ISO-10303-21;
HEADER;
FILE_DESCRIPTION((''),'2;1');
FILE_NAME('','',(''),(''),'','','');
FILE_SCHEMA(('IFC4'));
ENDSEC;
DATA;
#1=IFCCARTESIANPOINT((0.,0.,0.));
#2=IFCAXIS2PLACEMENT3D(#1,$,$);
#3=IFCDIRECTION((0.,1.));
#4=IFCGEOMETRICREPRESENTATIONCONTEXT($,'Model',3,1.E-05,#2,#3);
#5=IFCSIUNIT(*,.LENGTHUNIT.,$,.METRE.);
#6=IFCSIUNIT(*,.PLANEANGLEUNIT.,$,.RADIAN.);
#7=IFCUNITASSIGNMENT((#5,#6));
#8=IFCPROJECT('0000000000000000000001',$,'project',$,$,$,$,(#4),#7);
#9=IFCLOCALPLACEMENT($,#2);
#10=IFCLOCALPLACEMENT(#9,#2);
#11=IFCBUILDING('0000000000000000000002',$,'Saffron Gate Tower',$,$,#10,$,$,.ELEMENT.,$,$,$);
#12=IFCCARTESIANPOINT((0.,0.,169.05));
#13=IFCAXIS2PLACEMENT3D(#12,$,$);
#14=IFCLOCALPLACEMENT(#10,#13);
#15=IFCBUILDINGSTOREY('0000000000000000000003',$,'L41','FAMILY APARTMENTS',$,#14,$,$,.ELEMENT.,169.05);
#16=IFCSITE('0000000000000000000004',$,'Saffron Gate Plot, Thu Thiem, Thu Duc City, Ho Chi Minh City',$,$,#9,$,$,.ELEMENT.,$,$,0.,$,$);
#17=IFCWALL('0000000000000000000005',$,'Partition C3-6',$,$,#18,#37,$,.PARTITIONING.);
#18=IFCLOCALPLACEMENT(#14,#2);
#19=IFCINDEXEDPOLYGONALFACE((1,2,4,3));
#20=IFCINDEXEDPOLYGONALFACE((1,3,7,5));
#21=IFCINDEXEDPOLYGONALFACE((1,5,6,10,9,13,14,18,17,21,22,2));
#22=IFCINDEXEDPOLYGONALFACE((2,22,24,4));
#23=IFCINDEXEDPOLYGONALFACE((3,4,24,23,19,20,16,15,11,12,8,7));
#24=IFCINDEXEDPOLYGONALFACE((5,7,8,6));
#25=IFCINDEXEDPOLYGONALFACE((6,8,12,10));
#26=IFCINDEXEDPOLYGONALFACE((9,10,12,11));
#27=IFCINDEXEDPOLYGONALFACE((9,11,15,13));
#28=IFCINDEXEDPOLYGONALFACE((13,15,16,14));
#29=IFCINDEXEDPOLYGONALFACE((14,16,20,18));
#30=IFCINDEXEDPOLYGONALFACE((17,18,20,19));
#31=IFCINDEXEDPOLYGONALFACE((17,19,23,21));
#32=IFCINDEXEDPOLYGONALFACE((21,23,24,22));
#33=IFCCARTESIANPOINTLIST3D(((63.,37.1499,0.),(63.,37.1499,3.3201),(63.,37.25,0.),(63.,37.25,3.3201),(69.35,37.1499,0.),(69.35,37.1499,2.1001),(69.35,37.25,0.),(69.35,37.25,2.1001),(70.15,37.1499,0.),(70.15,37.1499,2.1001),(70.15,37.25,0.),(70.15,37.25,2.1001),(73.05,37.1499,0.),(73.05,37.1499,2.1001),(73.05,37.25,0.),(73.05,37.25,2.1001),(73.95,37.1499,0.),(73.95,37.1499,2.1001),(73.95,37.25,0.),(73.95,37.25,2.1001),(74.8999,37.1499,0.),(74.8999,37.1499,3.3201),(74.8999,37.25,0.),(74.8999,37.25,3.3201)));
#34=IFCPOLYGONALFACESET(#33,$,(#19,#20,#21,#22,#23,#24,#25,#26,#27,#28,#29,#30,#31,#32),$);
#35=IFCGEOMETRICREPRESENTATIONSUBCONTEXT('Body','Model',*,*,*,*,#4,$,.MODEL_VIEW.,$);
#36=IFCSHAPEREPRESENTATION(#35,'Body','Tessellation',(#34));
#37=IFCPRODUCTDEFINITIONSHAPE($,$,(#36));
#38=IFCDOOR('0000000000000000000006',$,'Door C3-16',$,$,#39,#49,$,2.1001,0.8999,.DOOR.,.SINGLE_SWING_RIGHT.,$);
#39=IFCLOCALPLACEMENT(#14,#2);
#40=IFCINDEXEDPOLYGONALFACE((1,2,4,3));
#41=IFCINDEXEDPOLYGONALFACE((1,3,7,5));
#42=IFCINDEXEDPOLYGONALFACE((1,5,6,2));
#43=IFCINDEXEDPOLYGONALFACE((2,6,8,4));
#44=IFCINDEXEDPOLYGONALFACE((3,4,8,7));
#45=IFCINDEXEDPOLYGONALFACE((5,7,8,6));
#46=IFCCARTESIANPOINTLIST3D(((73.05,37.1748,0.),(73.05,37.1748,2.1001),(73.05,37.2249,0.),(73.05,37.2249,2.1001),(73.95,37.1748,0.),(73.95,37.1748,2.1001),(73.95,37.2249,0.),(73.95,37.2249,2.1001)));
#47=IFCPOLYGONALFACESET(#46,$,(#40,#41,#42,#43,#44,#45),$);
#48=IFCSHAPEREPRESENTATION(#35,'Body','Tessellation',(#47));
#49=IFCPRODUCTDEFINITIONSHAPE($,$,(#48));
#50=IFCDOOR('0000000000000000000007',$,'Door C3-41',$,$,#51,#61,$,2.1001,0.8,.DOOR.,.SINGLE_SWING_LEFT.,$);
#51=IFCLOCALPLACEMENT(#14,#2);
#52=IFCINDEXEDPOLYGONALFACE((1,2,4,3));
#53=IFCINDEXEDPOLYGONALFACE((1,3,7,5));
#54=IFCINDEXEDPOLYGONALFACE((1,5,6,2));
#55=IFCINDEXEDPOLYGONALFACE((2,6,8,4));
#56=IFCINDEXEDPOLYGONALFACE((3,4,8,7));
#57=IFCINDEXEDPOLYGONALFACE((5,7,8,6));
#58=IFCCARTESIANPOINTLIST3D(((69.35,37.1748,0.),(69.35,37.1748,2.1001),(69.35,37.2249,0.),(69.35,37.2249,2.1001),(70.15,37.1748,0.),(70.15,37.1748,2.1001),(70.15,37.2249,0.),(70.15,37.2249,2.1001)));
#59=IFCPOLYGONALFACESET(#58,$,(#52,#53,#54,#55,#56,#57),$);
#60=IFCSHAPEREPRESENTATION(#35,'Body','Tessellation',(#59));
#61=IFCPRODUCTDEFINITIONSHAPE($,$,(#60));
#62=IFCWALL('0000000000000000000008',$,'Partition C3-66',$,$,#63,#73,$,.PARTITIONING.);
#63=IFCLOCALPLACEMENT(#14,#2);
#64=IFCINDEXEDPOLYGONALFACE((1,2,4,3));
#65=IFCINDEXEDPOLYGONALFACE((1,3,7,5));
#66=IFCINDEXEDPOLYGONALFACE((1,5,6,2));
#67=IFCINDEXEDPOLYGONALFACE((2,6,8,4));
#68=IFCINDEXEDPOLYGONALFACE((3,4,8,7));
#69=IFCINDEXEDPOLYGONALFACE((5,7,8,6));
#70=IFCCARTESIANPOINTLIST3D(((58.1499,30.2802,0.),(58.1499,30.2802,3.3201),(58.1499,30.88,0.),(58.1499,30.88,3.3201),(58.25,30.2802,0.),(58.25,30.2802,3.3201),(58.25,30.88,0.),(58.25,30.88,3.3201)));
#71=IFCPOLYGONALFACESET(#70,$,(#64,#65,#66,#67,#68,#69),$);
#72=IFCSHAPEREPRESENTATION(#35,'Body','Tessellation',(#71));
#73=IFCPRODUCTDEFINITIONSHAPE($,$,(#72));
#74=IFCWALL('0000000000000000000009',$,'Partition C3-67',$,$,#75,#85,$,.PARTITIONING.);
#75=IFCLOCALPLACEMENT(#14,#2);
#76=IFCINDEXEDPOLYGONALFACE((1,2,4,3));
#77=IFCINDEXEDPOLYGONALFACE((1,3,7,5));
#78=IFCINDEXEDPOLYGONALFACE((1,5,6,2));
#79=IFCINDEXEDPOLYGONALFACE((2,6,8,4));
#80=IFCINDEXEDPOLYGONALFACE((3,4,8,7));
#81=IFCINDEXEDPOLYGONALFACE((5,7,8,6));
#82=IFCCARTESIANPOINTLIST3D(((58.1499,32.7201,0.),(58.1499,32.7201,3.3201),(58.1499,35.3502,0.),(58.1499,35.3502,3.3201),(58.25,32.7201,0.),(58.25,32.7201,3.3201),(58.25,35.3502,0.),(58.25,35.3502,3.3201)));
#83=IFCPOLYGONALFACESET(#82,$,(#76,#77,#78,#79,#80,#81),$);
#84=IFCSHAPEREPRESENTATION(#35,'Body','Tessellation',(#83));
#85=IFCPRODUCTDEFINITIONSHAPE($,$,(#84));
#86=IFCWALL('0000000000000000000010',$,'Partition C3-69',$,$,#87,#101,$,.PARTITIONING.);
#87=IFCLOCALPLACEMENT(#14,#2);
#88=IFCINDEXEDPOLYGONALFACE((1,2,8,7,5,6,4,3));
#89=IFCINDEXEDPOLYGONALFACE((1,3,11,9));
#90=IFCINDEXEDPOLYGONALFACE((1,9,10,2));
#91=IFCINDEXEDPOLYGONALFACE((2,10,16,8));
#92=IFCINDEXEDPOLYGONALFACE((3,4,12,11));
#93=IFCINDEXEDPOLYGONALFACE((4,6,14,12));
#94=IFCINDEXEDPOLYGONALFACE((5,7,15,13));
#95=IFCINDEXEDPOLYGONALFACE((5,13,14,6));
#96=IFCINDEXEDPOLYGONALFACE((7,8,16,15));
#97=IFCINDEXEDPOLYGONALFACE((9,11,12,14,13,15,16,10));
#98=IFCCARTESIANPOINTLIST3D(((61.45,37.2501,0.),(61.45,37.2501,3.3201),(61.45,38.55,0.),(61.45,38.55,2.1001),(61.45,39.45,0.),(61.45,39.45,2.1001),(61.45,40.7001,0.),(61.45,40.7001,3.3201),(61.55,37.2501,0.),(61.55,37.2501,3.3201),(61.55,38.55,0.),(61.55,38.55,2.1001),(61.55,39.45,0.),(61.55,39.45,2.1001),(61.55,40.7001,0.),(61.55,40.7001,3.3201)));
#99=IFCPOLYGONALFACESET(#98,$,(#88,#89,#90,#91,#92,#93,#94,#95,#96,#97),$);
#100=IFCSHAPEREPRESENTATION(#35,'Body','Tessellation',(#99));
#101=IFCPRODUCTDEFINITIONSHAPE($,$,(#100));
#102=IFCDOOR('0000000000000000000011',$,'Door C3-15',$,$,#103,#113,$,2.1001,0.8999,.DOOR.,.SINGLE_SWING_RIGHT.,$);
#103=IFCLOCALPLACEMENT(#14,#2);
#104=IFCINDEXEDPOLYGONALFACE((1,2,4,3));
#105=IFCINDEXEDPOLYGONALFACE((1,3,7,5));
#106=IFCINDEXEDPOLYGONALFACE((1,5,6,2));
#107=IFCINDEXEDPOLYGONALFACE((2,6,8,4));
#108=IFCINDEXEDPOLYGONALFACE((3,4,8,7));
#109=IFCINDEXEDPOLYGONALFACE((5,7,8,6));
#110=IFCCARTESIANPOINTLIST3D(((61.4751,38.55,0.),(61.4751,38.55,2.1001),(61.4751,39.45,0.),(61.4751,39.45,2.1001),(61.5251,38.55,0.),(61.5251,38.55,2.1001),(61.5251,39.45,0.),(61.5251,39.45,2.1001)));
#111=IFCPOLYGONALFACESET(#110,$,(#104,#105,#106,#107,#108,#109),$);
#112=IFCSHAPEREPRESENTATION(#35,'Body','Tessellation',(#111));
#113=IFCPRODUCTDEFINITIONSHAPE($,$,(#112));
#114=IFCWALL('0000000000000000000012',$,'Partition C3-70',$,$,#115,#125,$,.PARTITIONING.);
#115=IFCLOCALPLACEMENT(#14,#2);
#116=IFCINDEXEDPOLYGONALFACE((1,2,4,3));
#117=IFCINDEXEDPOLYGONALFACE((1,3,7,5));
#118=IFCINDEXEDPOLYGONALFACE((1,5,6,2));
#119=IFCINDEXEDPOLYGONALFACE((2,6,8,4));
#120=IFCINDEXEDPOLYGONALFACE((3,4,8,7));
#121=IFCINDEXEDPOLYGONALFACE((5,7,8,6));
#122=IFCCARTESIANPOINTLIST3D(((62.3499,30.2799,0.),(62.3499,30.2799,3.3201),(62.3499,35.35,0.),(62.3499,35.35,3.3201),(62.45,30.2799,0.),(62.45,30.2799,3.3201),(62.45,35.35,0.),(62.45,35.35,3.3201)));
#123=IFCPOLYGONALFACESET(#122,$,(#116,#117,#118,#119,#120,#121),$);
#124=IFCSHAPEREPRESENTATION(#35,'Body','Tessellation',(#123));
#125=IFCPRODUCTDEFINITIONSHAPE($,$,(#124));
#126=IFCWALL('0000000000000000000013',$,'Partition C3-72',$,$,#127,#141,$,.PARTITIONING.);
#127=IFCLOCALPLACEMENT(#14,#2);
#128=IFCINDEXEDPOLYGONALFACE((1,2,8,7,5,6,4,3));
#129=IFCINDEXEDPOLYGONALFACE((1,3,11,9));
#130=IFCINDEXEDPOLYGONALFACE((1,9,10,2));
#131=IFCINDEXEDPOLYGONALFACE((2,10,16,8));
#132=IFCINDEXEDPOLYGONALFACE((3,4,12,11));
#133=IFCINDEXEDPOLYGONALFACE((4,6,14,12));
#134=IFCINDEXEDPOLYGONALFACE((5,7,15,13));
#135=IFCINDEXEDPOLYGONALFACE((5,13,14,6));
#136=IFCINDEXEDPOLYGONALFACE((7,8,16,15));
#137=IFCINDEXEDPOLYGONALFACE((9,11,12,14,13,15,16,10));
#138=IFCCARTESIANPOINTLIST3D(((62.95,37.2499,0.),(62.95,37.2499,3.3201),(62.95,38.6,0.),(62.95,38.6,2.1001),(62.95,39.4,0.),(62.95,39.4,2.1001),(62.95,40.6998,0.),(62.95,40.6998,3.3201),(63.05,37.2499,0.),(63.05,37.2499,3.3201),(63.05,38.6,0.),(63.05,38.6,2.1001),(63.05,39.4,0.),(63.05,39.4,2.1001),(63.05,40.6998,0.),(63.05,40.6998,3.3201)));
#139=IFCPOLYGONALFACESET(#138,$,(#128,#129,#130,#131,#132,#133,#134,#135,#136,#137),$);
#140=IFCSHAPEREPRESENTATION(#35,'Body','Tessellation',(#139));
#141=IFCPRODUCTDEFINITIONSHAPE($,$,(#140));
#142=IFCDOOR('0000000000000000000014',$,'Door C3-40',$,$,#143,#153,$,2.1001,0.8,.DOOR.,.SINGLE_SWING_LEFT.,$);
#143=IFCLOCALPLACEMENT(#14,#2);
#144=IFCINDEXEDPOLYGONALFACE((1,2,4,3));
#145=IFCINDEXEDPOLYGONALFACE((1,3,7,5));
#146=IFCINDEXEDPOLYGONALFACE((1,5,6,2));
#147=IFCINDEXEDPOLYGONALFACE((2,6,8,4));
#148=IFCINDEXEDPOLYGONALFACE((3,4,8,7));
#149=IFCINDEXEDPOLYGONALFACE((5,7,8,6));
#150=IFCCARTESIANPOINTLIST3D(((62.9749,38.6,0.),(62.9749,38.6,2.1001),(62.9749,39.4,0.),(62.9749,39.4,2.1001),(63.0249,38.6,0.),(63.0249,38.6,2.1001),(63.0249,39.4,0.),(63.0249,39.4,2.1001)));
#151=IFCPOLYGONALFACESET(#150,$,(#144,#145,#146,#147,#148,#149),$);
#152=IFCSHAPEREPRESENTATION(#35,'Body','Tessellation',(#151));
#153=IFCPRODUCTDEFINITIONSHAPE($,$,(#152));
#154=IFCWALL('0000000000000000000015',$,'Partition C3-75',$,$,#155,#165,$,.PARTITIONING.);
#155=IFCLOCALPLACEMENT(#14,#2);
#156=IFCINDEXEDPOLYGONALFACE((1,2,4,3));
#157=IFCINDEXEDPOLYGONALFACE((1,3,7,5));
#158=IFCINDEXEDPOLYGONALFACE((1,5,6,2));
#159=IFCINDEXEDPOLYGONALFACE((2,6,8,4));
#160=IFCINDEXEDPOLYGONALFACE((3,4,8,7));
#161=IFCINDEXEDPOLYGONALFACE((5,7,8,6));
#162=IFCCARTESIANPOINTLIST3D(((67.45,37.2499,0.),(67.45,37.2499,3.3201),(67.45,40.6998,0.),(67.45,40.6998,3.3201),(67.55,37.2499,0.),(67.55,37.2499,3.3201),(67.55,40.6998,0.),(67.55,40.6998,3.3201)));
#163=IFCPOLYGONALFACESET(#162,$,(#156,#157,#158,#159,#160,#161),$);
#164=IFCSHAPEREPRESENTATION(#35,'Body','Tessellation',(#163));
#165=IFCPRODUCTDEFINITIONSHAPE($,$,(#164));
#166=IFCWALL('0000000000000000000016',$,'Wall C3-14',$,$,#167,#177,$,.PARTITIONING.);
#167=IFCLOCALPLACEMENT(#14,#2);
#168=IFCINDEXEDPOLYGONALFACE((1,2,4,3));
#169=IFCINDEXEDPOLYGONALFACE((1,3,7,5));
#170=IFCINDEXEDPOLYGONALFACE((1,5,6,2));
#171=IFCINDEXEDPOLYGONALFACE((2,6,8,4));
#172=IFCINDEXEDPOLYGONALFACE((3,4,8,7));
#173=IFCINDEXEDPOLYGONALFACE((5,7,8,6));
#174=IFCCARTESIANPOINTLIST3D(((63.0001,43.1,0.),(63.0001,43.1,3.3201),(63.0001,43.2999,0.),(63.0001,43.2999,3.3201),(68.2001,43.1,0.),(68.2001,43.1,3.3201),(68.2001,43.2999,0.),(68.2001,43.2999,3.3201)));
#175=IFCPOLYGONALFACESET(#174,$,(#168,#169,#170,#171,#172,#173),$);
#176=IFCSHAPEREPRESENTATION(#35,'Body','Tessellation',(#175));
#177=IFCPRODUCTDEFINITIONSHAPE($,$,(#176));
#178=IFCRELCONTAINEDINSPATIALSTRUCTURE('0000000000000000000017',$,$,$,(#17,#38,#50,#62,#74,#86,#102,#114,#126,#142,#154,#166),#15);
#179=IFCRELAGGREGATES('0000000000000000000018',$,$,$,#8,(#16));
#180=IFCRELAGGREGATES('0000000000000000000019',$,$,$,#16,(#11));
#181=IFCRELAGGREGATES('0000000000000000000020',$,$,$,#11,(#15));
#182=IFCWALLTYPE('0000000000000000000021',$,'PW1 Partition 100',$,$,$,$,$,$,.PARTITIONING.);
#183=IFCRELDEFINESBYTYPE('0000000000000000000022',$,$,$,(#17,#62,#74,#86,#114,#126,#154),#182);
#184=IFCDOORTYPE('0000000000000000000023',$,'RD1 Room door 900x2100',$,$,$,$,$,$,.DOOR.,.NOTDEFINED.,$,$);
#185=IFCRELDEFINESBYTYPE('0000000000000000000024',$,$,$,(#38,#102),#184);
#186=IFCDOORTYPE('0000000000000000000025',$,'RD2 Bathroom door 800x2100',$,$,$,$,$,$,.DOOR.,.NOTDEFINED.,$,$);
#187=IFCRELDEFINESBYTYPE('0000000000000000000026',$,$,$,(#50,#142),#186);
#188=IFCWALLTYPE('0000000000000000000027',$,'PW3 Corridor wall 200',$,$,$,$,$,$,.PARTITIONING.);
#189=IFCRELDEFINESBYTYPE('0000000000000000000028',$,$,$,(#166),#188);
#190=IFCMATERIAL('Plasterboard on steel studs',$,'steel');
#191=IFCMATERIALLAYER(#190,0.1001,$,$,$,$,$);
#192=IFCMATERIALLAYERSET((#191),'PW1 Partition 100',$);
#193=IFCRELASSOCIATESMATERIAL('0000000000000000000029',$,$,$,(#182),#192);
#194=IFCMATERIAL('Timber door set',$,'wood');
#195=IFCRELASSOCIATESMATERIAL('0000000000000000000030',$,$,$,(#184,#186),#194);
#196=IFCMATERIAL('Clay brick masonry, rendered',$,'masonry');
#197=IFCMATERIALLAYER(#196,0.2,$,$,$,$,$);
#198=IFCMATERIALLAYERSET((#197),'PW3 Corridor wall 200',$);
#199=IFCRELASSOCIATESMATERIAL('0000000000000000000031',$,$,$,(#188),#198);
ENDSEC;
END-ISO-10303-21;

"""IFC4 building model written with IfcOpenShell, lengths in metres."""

from ifc_helpers import new_model, si_unit, direction, frame, frame_2d, origin, place, context, subcontext, project, spatial, rectangle, extrude, material, layer, layer_set, type_object, element, fill, save


model = new_model("IFC4")

# Units and contexts
model_context = context("Model", 3, precision=1e-05, world=origin(), true_north=direction((0.0, 1.0)))
body_context = subcontext(model_context, "Body", "Model", "MODEL_VIEW")
ifc_project = project(units=[si_unit("LENGTHUNIT", "METRE"), si_unit("PLANEANGLEUNIT", "RADIAN")], contexts=[model_context])

# Site, building, storey
site_placement = place(None, origin())
site = spatial("IfcSite", under=ifc_project, at=site_placement, Name="Saffron Gate Plot, Thu Thiem, Thu Duc City, Ho Chi Minh City", CompositionType="ELEMENT", RefElevation=0.0)
building_placement = place(site_placement, origin())
building = spatial("IfcBuilding", under=site, at=building_placement, Name="Saffron Gate Tower", CompositionType="ELEMENT")
storey_placement = place(building_placement, frame((0.0, 0.0, 169.05)))
storey = spatial("IfcBuildingStorey", under=building, at=storey_placement, Name="L41", Description="FAMILY APARTMENTS", CompositionType="ELEMENT", Elevation=169.05)

# Wall, openings, doors
ifc_material_1 = material(Name="Plasterboard on steel studs", Category="steel")
ifc_layer_1 = layer(ifc_material_1, 0.1001)
ifc_layer_set_1 = layer_set([ifc_layer_1], Name="PW1 Partition 100")
wall_type_1 = type_object("IfcWallType", Name="PW1 Partition 100", PredefinedType="PARTITIONING", material=ifc_layer_set_1)
wall_1_placement = place(storey_placement, frame((63.0, 37.2, 0.0), z_axis=(0.0, 0.0, 1.0), x_axis=(1.0, 0.0, 0.0)))
wall_1 = element("IfcWall", 1, at=wall_1_placement, inside=storey, type_object=wall_type_1, Name="Partition C3-6", PredefinedType="PARTITIONING", context=body_context, shape_type="SweptSolid", body=[
    extrude(rectangle(XDim=11.8999, YDim=0.1001, at=frame_2d((5.95, 0.0))), origin(), (0.0, 0.0, 1.0), 3.3201),
])
opening_1_placement = place(wall_1_placement, frame((6.3501, 0.0, 0.0)))
opening_1 = element("IfcOpeningElement", 2, at=opening_1_placement, cuts=wall_1, PredefinedType="OPENING", context=body_context, shape_type="SweptSolid", body=[
    extrude(rectangle(XDim=0.8, YDim=2.1001, at=frame_2d((0.3999, 1.05))), frame((0.0, 0.0601, 0.0), z_axis=(0.0, -1.0, 0.0), x_axis=(1.0, 0.0, 0.0)), (0.0, 0.0, 1.0), 0.1201),
])
opening_2_placement = place(wall_1_placement, frame((10.05, 0.0, 0.0)))
opening_2 = element("IfcOpeningElement", 3, at=opening_2_placement, cuts=wall_1, PredefinedType="OPENING", context=body_context, shape_type="SweptSolid", body=[
    extrude(rectangle(XDim=0.8999, YDim=2.1001, at=frame_2d((0.45, 1.05))), frame((0.0, 0.0601, 0.0), z_axis=(0.0, -1.0, 0.0), x_axis=(1.0, 0.0, 0.0)), (0.0, 0.0, 1.0), 0.1201),
])
ifc_material_2 = material(Name="Timber door set", Category="wood")
door_type_1 = type_object("IfcDoorType", Name="RD1 Room door 900x2100", OperationType="NOTDEFINED", PredefinedType="DOOR", material=ifc_material_2)
door_1_placement = place(opening_2_placement, origin())
door_1 = element("IfcDoor", 4, at=door_1_placement, inside=storey, type_object=door_type_1, Name="Door C3-16", OperationType="SINGLE_SWING_RIGHT", OverallHeight=2.1001, OverallWidth=0.8999, PredefinedType="DOOR", context=body_context, shape_type="SweptSolid", body=[
    extrude(rectangle(XDim=0.8999, YDim=2.1001, at=frame_2d((0.45, 1.05))), frame((0.0, 0.0249, 0.0), z_axis=(0.0, -1.0, 0.0), x_axis=(1.0, 0.0, 0.0)), (0.0, 0.0, 1.0), 0.05),
])
fill(opening_2, door_1)
door_type_2 = type_object("IfcDoorType", Name="RD2 Bathroom door 800x2100", OperationType="NOTDEFINED", PredefinedType="DOOR", material=ifc_material_2)
door_2_placement = place(opening_1_placement, origin())
door_2 = element("IfcDoor", 5, at=door_2_placement, inside=storey, type_object=door_type_2, Name="Door C3-41", OperationType="SINGLE_SWING_LEFT", OverallHeight=2.1001, OverallWidth=0.8, PredefinedType="DOOR", context=body_context, shape_type="SweptSolid", body=[
    extrude(rectangle(XDim=0.8, YDim=2.1001, at=frame_2d((0.3999, 1.05))), frame((0.0, 0.0249, 0.0), z_axis=(0.0, -1.0, 0.0), x_axis=(1.0, 0.0, 0.0)), (0.0, 0.0, 1.0), 0.05),
])
fill(opening_1, door_2)

# Walls
wall_2_placement = place(storey_placement, frame((58.2, 30.8799, 0.0), z_axis=(0.0, 0.0, 1.0), x_axis=(0.0, -1.0, 0.0)))
element("IfcWall", 6, at=wall_2_placement, inside=storey, type_object=wall_type_1, Name="Partition C3-66", PredefinedType="PARTITIONING", context=body_context, shape_type="SweptSolid", body=[
    extrude(rectangle(XDim=0.5999, YDim=0.1001, at=frame_2d((0.2998, 0.0))), origin(), (0.0, 0.0, 1.0), 3.3201),
])
wall_3_placement = place(storey_placement, frame((58.2, 35.3501, 0.0), z_axis=(0.0, 0.0, 1.0), x_axis=(0.0, -1.0, 0.0)))
element("IfcWall", 7, at=wall_3_placement, inside=storey, type_object=wall_type_1, Name="Partition C3-67", PredefinedType="PARTITIONING", context=body_context, shape_type="SweptSolid", body=[
    extrude(rectangle(XDim=2.6301, YDim=0.1001, at=frame_2d((1.3149, 0.0))), origin(), (0.0, 0.0, 1.0), 3.3201),
])

# Wall, opening, door
wall_4_placement = place(storey_placement, frame((61.5, 37.25, 0.0), z_axis=(0.0, 0.0, 1.0), x_axis=(0.0, 1.0, 0.0)))
wall_4 = element("IfcWall", 8, at=wall_4_placement, inside=storey, type_object=wall_type_1, Name="Partition C3-69", PredefinedType="PARTITIONING", context=body_context, shape_type="SweptSolid", body=[
    extrude(rectangle(XDim=3.45, YDim=0.1001, at=frame_2d((1.7251, 0.0))), origin(), (0.0, 0.0, 1.0), 3.3201),
])
opening_3_placement = place(wall_4_placement, frame((1.3, 0.0, 0.0)))
opening_3 = element("IfcOpeningElement", 9, at=opening_3_placement, cuts=wall_4, PredefinedType="OPENING", context=body_context, shape_type="SweptSolid", body=[
    extrude(rectangle(XDim=0.8999, YDim=2.1001, at=frame_2d((0.45, 1.05))), frame((0.0, 0.0601, 0.0), z_axis=(0.0, -1.0, 0.0), x_axis=(1.0, 0.0, 0.0)), (0.0, 0.0, 1.0), 0.1201),
])
door_3_placement = place(opening_3_placement, origin())
door_3 = element("IfcDoor", 10, at=door_3_placement, inside=storey, type_object=door_type_1, Name="Door C3-15", OperationType="SINGLE_SWING_RIGHT", OverallHeight=2.1001, OverallWidth=0.8999, PredefinedType="DOOR", context=body_context, shape_type="SweptSolid", body=[
    extrude(rectangle(XDim=0.8999, YDim=2.1001, at=frame_2d((0.45, 1.05))), frame((0.0, 0.0249, 0.0), z_axis=(0.0, -1.0, 0.0), x_axis=(1.0, 0.0, 0.0)), (0.0, 0.0, 1.0), 0.05),
])
fill(opening_3, door_3)

# Wall
wall_5_placement = place(storey_placement, frame((62.3999, 35.3501, 0.0), z_axis=(0.0, 0.0, 1.0), x_axis=(0.0, -1.0, 0.0)))
element("IfcWall", 11, at=wall_5_placement, inside=storey, type_object=wall_type_1, Name="Partition C3-70", PredefinedType="PARTITIONING", context=body_context, shape_type="SweptSolid", body=[
    extrude(rectangle(XDim=5.0701, YDim=0.1001, at=frame_2d((2.5352, 0.0))), origin(), (0.0, 0.0, 1.0), 3.3201),
])

# Wall, opening, door
wall_6_placement = place(storey_placement, frame((63.0, 40.7, 0.0), z_axis=(0.0, 0.0, 1.0), x_axis=(0.0, -1.0, 0.0)))
wall_6 = element("IfcWall", 12, at=wall_6_placement, inside=storey, type_object=wall_type_1, Name="Partition C3-72", PredefinedType="PARTITIONING", context=body_context, shape_type="SweptSolid", body=[
    extrude(rectangle(XDim=3.45, YDim=0.1001, at=frame_2d((1.7251, 0.0))), origin(), (0.0, 0.0, 1.0), 3.3201),
])
opening_4_placement = place(wall_6_placement, frame((1.3, 0.0, 0.0)))
opening_4 = element("IfcOpeningElement", 13, at=opening_4_placement, cuts=wall_6, PredefinedType="OPENING", context=body_context, shape_type="SweptSolid", body=[
    extrude(rectangle(XDim=0.8, YDim=2.1001, at=frame_2d((0.3999, 1.05))), frame((0.0, 0.0601, 0.0), z_axis=(0.0, -1.0, 0.0), x_axis=(1.0, 0.0, 0.0)), (0.0, 0.0, 1.0), 0.1201),
])
door_4_placement = place(opening_4_placement, origin())
door_4 = element("IfcDoor", 14, at=door_4_placement, inside=storey, type_object=door_type_2, Name="Door C3-40", OperationType="SINGLE_SWING_LEFT", OverallHeight=2.1001, OverallWidth=0.8, PredefinedType="DOOR", context=body_context, shape_type="SweptSolid", body=[
    extrude(rectangle(XDim=0.8, YDim=2.1001, at=frame_2d((0.3999, 1.05))), frame((0.0, 0.0249, 0.0), z_axis=(0.0, -1.0, 0.0), x_axis=(1.0, 0.0, 0.0)), (0.0, 0.0, 1.0), 0.05),
])
fill(opening_4, door_4)

# Walls
wall_7_placement = place(storey_placement, frame((67.5, 40.7, 0.0), z_axis=(0.0, 0.0, 1.0), x_axis=(0.0, -1.0, 0.0)))
element("IfcWall", 15, at=wall_7_placement, inside=storey, type_object=wall_type_1, Name="Partition C3-75", PredefinedType="PARTITIONING", context=body_context, shape_type="SweptSolid", body=[
    extrude(rectangle(XDim=3.45, YDim=0.1001, at=frame_2d((1.7251, 0.0))), origin(), (0.0, 0.0, 1.0), 3.3201),
])
ifc_material_3 = material(Name="Clay brick masonry, rendered", Category="masonry")
ifc_layer_2 = layer(ifc_material_3, 0.2)
ifc_layer_set_2 = layer_set([ifc_layer_2], Name="PW3 Corridor wall 200")
wall_type_2 = type_object("IfcWallType", Name="PW3 Corridor wall 200", PredefinedType="PARTITIONING", material=ifc_layer_set_2)
wall_8_placement = place(storey_placement, frame((63.0, 43.2, 0.0), z_axis=(0.0, 0.0, 1.0), x_axis=(1.0, 0.0, 0.0)))
element("IfcWall", 16, at=wall_8_placement, inside=storey, type_object=wall_type_2, Name="Wall C3-14", PredefinedType="PARTITIONING", context=body_context, shape_type="SweptSolid", body=[
    extrude(rectangle(XDim=5.2, YDim=0.2, at=frame_2d((2.6001, 0.0))), origin(), (0.0, 0.0, 1.0), 3.3201),
])

save(model, "model.ifc")
